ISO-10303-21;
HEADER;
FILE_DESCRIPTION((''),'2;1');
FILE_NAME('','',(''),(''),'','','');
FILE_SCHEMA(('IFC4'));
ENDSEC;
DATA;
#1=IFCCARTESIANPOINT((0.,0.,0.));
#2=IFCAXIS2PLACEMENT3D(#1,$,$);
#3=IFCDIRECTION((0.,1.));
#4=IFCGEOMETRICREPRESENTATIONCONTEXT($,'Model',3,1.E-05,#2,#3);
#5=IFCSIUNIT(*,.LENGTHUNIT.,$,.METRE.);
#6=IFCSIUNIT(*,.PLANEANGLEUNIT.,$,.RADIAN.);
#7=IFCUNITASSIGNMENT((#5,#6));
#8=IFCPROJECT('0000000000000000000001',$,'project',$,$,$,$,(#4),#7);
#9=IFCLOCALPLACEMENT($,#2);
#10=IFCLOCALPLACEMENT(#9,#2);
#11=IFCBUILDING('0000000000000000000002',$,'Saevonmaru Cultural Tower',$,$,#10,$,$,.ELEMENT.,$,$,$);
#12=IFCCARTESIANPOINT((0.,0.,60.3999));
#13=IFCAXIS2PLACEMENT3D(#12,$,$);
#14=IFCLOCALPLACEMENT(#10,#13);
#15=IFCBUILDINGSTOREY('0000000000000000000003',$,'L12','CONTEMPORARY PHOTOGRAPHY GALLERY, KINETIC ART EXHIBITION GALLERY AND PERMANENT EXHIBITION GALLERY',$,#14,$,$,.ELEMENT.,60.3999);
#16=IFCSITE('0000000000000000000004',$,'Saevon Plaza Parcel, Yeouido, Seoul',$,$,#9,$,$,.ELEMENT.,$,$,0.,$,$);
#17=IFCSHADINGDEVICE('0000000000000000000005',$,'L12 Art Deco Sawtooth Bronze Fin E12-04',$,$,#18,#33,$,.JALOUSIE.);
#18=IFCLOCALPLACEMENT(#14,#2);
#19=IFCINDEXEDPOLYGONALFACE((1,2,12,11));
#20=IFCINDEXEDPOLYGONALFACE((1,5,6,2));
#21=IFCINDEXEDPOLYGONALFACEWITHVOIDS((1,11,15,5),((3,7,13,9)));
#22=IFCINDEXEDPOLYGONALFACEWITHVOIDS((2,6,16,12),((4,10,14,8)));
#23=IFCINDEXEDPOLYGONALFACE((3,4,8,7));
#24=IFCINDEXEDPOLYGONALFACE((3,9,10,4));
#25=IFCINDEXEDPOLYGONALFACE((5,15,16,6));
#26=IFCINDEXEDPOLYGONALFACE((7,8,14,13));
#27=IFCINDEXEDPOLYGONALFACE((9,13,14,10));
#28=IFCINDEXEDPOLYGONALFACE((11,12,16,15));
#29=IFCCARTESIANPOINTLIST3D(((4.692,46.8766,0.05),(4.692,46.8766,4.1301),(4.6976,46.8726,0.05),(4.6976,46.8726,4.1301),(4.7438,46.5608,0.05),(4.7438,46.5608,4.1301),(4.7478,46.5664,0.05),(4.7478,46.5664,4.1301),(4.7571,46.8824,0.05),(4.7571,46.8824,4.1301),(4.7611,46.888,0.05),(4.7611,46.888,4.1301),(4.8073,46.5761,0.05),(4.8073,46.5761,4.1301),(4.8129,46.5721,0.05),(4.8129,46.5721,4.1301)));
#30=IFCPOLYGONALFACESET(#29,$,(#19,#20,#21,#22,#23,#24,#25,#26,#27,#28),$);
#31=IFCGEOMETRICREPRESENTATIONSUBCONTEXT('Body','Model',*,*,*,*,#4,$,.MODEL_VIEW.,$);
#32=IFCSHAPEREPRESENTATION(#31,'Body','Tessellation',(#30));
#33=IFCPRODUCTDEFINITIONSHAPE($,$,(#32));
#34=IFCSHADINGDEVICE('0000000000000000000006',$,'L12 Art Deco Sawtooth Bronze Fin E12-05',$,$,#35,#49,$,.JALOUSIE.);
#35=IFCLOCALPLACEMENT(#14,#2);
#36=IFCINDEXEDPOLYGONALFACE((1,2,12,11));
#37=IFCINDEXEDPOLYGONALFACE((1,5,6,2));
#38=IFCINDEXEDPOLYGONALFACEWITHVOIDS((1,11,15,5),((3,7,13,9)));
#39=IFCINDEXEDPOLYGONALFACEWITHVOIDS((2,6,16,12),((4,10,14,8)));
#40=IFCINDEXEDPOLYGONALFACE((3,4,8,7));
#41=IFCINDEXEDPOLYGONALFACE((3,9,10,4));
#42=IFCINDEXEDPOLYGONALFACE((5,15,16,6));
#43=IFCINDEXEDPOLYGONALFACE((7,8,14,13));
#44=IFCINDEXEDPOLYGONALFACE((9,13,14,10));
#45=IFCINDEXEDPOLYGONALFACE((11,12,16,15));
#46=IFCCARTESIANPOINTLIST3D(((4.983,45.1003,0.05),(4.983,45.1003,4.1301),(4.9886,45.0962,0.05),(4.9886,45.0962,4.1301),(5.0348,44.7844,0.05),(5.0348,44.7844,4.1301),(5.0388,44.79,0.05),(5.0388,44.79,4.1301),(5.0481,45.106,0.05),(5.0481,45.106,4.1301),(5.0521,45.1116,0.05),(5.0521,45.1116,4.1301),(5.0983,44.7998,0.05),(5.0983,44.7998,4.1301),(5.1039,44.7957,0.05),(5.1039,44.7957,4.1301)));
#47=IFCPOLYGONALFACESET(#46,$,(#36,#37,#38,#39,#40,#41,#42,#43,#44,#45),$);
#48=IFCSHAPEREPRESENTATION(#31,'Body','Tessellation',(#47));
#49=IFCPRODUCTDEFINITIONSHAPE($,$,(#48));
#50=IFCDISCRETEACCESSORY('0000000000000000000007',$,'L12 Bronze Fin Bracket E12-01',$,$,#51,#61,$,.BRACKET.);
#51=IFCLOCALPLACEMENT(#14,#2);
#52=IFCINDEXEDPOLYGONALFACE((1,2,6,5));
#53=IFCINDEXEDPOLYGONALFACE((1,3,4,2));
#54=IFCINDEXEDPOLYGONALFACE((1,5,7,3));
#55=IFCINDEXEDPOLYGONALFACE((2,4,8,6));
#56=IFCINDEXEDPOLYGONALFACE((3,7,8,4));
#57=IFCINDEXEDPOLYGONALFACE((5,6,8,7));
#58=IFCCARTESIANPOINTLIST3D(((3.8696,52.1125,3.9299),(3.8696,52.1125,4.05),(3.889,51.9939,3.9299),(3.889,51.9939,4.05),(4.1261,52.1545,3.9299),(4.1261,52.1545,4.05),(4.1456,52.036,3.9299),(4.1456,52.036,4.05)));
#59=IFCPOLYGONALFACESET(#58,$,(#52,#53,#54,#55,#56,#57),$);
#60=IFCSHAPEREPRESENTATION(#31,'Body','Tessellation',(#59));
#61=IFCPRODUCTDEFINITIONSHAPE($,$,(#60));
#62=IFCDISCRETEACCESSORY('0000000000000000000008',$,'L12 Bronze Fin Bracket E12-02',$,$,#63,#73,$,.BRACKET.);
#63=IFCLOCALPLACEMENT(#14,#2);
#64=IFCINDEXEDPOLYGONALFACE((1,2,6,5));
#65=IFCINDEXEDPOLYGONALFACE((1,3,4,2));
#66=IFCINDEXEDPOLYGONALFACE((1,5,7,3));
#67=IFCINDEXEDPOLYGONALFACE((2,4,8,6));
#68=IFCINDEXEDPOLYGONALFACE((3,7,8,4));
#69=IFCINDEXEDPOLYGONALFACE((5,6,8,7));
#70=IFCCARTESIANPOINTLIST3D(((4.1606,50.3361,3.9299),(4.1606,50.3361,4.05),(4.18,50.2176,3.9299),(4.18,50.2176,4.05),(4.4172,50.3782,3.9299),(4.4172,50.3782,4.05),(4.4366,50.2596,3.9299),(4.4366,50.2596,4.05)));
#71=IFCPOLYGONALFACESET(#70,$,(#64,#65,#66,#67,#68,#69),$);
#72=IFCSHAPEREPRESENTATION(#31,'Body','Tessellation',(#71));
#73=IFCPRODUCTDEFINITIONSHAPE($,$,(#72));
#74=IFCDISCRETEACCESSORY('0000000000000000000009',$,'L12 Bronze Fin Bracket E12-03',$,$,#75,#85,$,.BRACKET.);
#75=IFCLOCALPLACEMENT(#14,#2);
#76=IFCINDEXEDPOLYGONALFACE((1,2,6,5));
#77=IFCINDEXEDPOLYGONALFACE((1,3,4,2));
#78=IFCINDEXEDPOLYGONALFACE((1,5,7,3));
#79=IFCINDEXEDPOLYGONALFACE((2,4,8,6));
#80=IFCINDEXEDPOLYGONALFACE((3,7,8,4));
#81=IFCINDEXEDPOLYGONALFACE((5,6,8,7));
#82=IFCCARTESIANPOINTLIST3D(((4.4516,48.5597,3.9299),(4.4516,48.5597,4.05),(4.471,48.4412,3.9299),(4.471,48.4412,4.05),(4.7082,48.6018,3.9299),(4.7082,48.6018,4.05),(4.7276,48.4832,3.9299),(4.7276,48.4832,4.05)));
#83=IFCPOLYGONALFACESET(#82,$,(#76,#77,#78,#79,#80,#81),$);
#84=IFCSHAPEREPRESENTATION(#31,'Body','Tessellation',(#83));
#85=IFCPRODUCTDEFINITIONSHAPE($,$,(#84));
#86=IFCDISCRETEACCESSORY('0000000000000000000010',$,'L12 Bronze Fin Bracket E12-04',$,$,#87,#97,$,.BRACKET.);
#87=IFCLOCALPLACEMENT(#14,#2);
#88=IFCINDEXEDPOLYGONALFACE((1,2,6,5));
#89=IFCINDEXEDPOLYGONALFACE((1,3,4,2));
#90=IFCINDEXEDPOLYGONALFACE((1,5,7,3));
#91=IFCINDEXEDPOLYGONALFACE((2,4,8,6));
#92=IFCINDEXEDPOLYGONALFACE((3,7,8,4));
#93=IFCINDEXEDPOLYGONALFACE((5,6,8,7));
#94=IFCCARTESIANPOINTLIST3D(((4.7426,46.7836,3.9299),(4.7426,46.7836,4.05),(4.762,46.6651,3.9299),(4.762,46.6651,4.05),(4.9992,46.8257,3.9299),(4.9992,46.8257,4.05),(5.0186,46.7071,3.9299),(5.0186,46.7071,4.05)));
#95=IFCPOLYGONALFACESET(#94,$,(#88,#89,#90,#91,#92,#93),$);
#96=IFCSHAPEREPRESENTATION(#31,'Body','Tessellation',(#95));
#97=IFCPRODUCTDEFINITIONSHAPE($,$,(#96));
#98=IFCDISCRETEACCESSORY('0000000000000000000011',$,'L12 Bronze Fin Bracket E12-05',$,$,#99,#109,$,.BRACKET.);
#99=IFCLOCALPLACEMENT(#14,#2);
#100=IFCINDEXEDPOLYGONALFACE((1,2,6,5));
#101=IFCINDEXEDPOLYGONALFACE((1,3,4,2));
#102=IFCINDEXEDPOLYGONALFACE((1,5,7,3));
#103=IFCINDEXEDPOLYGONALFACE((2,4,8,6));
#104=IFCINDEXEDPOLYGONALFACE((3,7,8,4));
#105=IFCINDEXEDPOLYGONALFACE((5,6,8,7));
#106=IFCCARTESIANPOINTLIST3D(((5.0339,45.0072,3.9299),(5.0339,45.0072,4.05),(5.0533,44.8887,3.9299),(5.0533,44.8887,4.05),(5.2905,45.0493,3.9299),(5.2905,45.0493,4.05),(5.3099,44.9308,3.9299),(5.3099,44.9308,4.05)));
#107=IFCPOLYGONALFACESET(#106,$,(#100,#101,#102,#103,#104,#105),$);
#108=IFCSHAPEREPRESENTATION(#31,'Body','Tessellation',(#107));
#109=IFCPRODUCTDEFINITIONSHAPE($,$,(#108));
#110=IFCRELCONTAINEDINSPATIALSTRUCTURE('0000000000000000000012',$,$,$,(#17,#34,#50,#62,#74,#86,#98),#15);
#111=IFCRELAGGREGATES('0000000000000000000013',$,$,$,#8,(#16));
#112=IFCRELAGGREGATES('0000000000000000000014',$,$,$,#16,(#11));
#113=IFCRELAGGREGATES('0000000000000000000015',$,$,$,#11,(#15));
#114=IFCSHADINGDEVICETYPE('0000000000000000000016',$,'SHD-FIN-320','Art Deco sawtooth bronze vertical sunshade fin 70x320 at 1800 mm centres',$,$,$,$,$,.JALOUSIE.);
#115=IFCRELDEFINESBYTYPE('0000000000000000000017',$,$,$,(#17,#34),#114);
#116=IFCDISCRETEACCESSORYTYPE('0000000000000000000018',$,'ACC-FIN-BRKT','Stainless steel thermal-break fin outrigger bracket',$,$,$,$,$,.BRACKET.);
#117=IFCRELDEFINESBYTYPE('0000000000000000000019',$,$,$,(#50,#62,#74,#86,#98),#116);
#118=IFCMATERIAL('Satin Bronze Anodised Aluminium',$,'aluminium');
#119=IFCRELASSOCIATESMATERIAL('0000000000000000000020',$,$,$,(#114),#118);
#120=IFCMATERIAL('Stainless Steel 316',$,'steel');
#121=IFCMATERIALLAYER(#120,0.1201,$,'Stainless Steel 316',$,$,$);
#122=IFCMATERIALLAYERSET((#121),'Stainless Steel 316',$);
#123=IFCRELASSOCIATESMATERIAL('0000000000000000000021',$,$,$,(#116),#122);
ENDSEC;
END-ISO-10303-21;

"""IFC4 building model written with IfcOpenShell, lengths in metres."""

from ifc_helpers import new_model, si_unit, direction, frame, origin, origin_2d, place, context, subcontext, project, spatial, rectangle, hollow_rectangle, extrude, material, layer, layer_set, material_profile, profile_set, type_object, element, save


model = new_model("IFC4")

# Units and contexts
model_context = context("Model", 3, precision=1e-05, world=origin(), true_north=direction((0.0, 1.0)))
body_context = subcontext(model_context, "Body", "Model", "MODEL_VIEW")
ifc_project = project(units=[si_unit("LENGTHUNIT", "METRE"), si_unit("PLANEANGLEUNIT", "RADIAN")], contexts=[model_context])

# Site, building, storey
site_placement = place(None, origin())
site = spatial("IfcSite", under=ifc_project, at=site_placement, Name="Saevon Plaza Parcel, Yeouido, Seoul", CompositionType="ELEMENT", RefElevation=0.0)
building_placement = place(site_placement, origin())
building = spatial("IfcBuilding", under=site, at=building_placement, Name="Saevonmaru Cultural Tower", CompositionType="ELEMENT")
storey_placement = place(building_placement, frame((0.0, 0.0, 60.3999)))
storey = spatial("IfcBuildingStorey", under=building, at=storey_placement, Name="L12", Description="CONTEMPORARY PHOTOGRAPHY GALLERY, KINETIC ART EXHIBITION GALLERY AND PERMANENT EXHIBITION GALLERY", CompositionType="ELEMENT", Elevation=60.3999)

# Shared definitions
ifc_material_1 = material(Name="Satin Bronze Anodised Aluminium", Category="aluminium")

# Shading devices
ifc_material_profile_1 = material_profile(ifc_material_1, hollow_rectangle(XDim=0.0701, YDim=0.3201, WallThickness=0.0049, at=origin_2d()), Name="FIN-320x70")
ifc_profile_set_1 = profile_set([ifc_material_profile_1], Name="Satin Bronze Anodised Aluminium")
shading_device_type = type_object("IfcShadingDeviceType", Name="SHD-FIN-320", Description="Art Deco sawtooth bronze vertical sunshade fin 70x320 at 1800 mm centres", PredefinedType="JALOUSIE", material=ifc_profile_set_1)
for number, where, z_axis, x_axis, name in (
    (1, (4.7524, 46.7244, 0.05), (0.0, 0.0, 1.0), (-0.986827, -0.161776, 0.0), "L12 Art Deco Sawtooth Bronze Fin E12-04"),
    (2, (5.0435, 44.948, 0.05), (0.0, 0.0, 1.0), (-0.986827, -0.161776, 0.0), "L12 Art Deco Sawtooth Bronze Fin E12-05"),
):
    element("IfcShadingDevice", number, at=place(storey_placement, frame(where, z_axis=z_axis, x_axis=x_axis)), inside=storey, type_object=shading_device_type, Name=name, PredefinedType="JALOUSIE", context=body_context, shape_type="SweptSolid", body=[
        extrude(hollow_rectangle(XDim=0.0701, YDim=0.3201, WallThickness=0.0049, at=origin_2d()), origin(), (0.0, 0.0, 1.0), 4.0801),
    ])

# Discrete accessories
ifc_material_2 = material(Name="Stainless Steel 316", Category="steel")
ifc_layer_1 = layer(ifc_material_2, 0.1201, Name="Stainless Steel 316")
ifc_layer_set_1 = layer_set([ifc_layer_1], Name="Stainless Steel 316")
discrete_accessory_type = type_object("IfcDiscreteAccessoryType", Name="ACC-FIN-BRKT", Description="Stainless steel thermal-break fin outrigger bracket", PredefinedType="BRACKET", material=ifc_layer_set_1)
for number, where, z_axis, x_axis, name in (
    (3, (4.0076, 52.0742, 3.9299), (0.0, 0.0, 1.0), (-0.986827, -0.161776, 0.0), "L12 Bronze Fin Bracket E12-01"),
    (4, (4.2986, 50.2979, 3.9299), (0.0, 0.0, 1.0), (-0.986827, -0.161776, 0.0), "L12 Bronze Fin Bracket E12-02"),
    (5, (4.5896, 48.5215, 3.9299), (0.0, 0.0, 1.0), (-0.986827, -0.161776, 0.0), "L12 Bronze Fin Bracket E12-03"),
    (6, (4.8806, 46.7454, 3.9299), (0.0, 0.0, 1.0), (-0.986827, -0.161776, 0.0), "L12 Bronze Fin Bracket E12-04"),
    (7, (5.1719, 44.969, 3.9299), (0.0, 0.0, 1.0), (-0.986827, -0.161776, 0.0), "L12 Bronze Fin Bracket E12-05"),
):
    element("IfcDiscreteAccessory", number, at=place(storey_placement, frame(where, z_axis=z_axis, x_axis=x_axis)), inside=storey, type_object=discrete_accessory_type, Name=name, PredefinedType="BRACKET", context=body_context, shape_type="SweptSolid", body=[
        extrude(rectangle(XDim=0.26, YDim=0.1201, at=origin_2d()), origin(), (0.0, 0.0, 1.0), 0.1201),
    ])

save(model, "model.ifc")
